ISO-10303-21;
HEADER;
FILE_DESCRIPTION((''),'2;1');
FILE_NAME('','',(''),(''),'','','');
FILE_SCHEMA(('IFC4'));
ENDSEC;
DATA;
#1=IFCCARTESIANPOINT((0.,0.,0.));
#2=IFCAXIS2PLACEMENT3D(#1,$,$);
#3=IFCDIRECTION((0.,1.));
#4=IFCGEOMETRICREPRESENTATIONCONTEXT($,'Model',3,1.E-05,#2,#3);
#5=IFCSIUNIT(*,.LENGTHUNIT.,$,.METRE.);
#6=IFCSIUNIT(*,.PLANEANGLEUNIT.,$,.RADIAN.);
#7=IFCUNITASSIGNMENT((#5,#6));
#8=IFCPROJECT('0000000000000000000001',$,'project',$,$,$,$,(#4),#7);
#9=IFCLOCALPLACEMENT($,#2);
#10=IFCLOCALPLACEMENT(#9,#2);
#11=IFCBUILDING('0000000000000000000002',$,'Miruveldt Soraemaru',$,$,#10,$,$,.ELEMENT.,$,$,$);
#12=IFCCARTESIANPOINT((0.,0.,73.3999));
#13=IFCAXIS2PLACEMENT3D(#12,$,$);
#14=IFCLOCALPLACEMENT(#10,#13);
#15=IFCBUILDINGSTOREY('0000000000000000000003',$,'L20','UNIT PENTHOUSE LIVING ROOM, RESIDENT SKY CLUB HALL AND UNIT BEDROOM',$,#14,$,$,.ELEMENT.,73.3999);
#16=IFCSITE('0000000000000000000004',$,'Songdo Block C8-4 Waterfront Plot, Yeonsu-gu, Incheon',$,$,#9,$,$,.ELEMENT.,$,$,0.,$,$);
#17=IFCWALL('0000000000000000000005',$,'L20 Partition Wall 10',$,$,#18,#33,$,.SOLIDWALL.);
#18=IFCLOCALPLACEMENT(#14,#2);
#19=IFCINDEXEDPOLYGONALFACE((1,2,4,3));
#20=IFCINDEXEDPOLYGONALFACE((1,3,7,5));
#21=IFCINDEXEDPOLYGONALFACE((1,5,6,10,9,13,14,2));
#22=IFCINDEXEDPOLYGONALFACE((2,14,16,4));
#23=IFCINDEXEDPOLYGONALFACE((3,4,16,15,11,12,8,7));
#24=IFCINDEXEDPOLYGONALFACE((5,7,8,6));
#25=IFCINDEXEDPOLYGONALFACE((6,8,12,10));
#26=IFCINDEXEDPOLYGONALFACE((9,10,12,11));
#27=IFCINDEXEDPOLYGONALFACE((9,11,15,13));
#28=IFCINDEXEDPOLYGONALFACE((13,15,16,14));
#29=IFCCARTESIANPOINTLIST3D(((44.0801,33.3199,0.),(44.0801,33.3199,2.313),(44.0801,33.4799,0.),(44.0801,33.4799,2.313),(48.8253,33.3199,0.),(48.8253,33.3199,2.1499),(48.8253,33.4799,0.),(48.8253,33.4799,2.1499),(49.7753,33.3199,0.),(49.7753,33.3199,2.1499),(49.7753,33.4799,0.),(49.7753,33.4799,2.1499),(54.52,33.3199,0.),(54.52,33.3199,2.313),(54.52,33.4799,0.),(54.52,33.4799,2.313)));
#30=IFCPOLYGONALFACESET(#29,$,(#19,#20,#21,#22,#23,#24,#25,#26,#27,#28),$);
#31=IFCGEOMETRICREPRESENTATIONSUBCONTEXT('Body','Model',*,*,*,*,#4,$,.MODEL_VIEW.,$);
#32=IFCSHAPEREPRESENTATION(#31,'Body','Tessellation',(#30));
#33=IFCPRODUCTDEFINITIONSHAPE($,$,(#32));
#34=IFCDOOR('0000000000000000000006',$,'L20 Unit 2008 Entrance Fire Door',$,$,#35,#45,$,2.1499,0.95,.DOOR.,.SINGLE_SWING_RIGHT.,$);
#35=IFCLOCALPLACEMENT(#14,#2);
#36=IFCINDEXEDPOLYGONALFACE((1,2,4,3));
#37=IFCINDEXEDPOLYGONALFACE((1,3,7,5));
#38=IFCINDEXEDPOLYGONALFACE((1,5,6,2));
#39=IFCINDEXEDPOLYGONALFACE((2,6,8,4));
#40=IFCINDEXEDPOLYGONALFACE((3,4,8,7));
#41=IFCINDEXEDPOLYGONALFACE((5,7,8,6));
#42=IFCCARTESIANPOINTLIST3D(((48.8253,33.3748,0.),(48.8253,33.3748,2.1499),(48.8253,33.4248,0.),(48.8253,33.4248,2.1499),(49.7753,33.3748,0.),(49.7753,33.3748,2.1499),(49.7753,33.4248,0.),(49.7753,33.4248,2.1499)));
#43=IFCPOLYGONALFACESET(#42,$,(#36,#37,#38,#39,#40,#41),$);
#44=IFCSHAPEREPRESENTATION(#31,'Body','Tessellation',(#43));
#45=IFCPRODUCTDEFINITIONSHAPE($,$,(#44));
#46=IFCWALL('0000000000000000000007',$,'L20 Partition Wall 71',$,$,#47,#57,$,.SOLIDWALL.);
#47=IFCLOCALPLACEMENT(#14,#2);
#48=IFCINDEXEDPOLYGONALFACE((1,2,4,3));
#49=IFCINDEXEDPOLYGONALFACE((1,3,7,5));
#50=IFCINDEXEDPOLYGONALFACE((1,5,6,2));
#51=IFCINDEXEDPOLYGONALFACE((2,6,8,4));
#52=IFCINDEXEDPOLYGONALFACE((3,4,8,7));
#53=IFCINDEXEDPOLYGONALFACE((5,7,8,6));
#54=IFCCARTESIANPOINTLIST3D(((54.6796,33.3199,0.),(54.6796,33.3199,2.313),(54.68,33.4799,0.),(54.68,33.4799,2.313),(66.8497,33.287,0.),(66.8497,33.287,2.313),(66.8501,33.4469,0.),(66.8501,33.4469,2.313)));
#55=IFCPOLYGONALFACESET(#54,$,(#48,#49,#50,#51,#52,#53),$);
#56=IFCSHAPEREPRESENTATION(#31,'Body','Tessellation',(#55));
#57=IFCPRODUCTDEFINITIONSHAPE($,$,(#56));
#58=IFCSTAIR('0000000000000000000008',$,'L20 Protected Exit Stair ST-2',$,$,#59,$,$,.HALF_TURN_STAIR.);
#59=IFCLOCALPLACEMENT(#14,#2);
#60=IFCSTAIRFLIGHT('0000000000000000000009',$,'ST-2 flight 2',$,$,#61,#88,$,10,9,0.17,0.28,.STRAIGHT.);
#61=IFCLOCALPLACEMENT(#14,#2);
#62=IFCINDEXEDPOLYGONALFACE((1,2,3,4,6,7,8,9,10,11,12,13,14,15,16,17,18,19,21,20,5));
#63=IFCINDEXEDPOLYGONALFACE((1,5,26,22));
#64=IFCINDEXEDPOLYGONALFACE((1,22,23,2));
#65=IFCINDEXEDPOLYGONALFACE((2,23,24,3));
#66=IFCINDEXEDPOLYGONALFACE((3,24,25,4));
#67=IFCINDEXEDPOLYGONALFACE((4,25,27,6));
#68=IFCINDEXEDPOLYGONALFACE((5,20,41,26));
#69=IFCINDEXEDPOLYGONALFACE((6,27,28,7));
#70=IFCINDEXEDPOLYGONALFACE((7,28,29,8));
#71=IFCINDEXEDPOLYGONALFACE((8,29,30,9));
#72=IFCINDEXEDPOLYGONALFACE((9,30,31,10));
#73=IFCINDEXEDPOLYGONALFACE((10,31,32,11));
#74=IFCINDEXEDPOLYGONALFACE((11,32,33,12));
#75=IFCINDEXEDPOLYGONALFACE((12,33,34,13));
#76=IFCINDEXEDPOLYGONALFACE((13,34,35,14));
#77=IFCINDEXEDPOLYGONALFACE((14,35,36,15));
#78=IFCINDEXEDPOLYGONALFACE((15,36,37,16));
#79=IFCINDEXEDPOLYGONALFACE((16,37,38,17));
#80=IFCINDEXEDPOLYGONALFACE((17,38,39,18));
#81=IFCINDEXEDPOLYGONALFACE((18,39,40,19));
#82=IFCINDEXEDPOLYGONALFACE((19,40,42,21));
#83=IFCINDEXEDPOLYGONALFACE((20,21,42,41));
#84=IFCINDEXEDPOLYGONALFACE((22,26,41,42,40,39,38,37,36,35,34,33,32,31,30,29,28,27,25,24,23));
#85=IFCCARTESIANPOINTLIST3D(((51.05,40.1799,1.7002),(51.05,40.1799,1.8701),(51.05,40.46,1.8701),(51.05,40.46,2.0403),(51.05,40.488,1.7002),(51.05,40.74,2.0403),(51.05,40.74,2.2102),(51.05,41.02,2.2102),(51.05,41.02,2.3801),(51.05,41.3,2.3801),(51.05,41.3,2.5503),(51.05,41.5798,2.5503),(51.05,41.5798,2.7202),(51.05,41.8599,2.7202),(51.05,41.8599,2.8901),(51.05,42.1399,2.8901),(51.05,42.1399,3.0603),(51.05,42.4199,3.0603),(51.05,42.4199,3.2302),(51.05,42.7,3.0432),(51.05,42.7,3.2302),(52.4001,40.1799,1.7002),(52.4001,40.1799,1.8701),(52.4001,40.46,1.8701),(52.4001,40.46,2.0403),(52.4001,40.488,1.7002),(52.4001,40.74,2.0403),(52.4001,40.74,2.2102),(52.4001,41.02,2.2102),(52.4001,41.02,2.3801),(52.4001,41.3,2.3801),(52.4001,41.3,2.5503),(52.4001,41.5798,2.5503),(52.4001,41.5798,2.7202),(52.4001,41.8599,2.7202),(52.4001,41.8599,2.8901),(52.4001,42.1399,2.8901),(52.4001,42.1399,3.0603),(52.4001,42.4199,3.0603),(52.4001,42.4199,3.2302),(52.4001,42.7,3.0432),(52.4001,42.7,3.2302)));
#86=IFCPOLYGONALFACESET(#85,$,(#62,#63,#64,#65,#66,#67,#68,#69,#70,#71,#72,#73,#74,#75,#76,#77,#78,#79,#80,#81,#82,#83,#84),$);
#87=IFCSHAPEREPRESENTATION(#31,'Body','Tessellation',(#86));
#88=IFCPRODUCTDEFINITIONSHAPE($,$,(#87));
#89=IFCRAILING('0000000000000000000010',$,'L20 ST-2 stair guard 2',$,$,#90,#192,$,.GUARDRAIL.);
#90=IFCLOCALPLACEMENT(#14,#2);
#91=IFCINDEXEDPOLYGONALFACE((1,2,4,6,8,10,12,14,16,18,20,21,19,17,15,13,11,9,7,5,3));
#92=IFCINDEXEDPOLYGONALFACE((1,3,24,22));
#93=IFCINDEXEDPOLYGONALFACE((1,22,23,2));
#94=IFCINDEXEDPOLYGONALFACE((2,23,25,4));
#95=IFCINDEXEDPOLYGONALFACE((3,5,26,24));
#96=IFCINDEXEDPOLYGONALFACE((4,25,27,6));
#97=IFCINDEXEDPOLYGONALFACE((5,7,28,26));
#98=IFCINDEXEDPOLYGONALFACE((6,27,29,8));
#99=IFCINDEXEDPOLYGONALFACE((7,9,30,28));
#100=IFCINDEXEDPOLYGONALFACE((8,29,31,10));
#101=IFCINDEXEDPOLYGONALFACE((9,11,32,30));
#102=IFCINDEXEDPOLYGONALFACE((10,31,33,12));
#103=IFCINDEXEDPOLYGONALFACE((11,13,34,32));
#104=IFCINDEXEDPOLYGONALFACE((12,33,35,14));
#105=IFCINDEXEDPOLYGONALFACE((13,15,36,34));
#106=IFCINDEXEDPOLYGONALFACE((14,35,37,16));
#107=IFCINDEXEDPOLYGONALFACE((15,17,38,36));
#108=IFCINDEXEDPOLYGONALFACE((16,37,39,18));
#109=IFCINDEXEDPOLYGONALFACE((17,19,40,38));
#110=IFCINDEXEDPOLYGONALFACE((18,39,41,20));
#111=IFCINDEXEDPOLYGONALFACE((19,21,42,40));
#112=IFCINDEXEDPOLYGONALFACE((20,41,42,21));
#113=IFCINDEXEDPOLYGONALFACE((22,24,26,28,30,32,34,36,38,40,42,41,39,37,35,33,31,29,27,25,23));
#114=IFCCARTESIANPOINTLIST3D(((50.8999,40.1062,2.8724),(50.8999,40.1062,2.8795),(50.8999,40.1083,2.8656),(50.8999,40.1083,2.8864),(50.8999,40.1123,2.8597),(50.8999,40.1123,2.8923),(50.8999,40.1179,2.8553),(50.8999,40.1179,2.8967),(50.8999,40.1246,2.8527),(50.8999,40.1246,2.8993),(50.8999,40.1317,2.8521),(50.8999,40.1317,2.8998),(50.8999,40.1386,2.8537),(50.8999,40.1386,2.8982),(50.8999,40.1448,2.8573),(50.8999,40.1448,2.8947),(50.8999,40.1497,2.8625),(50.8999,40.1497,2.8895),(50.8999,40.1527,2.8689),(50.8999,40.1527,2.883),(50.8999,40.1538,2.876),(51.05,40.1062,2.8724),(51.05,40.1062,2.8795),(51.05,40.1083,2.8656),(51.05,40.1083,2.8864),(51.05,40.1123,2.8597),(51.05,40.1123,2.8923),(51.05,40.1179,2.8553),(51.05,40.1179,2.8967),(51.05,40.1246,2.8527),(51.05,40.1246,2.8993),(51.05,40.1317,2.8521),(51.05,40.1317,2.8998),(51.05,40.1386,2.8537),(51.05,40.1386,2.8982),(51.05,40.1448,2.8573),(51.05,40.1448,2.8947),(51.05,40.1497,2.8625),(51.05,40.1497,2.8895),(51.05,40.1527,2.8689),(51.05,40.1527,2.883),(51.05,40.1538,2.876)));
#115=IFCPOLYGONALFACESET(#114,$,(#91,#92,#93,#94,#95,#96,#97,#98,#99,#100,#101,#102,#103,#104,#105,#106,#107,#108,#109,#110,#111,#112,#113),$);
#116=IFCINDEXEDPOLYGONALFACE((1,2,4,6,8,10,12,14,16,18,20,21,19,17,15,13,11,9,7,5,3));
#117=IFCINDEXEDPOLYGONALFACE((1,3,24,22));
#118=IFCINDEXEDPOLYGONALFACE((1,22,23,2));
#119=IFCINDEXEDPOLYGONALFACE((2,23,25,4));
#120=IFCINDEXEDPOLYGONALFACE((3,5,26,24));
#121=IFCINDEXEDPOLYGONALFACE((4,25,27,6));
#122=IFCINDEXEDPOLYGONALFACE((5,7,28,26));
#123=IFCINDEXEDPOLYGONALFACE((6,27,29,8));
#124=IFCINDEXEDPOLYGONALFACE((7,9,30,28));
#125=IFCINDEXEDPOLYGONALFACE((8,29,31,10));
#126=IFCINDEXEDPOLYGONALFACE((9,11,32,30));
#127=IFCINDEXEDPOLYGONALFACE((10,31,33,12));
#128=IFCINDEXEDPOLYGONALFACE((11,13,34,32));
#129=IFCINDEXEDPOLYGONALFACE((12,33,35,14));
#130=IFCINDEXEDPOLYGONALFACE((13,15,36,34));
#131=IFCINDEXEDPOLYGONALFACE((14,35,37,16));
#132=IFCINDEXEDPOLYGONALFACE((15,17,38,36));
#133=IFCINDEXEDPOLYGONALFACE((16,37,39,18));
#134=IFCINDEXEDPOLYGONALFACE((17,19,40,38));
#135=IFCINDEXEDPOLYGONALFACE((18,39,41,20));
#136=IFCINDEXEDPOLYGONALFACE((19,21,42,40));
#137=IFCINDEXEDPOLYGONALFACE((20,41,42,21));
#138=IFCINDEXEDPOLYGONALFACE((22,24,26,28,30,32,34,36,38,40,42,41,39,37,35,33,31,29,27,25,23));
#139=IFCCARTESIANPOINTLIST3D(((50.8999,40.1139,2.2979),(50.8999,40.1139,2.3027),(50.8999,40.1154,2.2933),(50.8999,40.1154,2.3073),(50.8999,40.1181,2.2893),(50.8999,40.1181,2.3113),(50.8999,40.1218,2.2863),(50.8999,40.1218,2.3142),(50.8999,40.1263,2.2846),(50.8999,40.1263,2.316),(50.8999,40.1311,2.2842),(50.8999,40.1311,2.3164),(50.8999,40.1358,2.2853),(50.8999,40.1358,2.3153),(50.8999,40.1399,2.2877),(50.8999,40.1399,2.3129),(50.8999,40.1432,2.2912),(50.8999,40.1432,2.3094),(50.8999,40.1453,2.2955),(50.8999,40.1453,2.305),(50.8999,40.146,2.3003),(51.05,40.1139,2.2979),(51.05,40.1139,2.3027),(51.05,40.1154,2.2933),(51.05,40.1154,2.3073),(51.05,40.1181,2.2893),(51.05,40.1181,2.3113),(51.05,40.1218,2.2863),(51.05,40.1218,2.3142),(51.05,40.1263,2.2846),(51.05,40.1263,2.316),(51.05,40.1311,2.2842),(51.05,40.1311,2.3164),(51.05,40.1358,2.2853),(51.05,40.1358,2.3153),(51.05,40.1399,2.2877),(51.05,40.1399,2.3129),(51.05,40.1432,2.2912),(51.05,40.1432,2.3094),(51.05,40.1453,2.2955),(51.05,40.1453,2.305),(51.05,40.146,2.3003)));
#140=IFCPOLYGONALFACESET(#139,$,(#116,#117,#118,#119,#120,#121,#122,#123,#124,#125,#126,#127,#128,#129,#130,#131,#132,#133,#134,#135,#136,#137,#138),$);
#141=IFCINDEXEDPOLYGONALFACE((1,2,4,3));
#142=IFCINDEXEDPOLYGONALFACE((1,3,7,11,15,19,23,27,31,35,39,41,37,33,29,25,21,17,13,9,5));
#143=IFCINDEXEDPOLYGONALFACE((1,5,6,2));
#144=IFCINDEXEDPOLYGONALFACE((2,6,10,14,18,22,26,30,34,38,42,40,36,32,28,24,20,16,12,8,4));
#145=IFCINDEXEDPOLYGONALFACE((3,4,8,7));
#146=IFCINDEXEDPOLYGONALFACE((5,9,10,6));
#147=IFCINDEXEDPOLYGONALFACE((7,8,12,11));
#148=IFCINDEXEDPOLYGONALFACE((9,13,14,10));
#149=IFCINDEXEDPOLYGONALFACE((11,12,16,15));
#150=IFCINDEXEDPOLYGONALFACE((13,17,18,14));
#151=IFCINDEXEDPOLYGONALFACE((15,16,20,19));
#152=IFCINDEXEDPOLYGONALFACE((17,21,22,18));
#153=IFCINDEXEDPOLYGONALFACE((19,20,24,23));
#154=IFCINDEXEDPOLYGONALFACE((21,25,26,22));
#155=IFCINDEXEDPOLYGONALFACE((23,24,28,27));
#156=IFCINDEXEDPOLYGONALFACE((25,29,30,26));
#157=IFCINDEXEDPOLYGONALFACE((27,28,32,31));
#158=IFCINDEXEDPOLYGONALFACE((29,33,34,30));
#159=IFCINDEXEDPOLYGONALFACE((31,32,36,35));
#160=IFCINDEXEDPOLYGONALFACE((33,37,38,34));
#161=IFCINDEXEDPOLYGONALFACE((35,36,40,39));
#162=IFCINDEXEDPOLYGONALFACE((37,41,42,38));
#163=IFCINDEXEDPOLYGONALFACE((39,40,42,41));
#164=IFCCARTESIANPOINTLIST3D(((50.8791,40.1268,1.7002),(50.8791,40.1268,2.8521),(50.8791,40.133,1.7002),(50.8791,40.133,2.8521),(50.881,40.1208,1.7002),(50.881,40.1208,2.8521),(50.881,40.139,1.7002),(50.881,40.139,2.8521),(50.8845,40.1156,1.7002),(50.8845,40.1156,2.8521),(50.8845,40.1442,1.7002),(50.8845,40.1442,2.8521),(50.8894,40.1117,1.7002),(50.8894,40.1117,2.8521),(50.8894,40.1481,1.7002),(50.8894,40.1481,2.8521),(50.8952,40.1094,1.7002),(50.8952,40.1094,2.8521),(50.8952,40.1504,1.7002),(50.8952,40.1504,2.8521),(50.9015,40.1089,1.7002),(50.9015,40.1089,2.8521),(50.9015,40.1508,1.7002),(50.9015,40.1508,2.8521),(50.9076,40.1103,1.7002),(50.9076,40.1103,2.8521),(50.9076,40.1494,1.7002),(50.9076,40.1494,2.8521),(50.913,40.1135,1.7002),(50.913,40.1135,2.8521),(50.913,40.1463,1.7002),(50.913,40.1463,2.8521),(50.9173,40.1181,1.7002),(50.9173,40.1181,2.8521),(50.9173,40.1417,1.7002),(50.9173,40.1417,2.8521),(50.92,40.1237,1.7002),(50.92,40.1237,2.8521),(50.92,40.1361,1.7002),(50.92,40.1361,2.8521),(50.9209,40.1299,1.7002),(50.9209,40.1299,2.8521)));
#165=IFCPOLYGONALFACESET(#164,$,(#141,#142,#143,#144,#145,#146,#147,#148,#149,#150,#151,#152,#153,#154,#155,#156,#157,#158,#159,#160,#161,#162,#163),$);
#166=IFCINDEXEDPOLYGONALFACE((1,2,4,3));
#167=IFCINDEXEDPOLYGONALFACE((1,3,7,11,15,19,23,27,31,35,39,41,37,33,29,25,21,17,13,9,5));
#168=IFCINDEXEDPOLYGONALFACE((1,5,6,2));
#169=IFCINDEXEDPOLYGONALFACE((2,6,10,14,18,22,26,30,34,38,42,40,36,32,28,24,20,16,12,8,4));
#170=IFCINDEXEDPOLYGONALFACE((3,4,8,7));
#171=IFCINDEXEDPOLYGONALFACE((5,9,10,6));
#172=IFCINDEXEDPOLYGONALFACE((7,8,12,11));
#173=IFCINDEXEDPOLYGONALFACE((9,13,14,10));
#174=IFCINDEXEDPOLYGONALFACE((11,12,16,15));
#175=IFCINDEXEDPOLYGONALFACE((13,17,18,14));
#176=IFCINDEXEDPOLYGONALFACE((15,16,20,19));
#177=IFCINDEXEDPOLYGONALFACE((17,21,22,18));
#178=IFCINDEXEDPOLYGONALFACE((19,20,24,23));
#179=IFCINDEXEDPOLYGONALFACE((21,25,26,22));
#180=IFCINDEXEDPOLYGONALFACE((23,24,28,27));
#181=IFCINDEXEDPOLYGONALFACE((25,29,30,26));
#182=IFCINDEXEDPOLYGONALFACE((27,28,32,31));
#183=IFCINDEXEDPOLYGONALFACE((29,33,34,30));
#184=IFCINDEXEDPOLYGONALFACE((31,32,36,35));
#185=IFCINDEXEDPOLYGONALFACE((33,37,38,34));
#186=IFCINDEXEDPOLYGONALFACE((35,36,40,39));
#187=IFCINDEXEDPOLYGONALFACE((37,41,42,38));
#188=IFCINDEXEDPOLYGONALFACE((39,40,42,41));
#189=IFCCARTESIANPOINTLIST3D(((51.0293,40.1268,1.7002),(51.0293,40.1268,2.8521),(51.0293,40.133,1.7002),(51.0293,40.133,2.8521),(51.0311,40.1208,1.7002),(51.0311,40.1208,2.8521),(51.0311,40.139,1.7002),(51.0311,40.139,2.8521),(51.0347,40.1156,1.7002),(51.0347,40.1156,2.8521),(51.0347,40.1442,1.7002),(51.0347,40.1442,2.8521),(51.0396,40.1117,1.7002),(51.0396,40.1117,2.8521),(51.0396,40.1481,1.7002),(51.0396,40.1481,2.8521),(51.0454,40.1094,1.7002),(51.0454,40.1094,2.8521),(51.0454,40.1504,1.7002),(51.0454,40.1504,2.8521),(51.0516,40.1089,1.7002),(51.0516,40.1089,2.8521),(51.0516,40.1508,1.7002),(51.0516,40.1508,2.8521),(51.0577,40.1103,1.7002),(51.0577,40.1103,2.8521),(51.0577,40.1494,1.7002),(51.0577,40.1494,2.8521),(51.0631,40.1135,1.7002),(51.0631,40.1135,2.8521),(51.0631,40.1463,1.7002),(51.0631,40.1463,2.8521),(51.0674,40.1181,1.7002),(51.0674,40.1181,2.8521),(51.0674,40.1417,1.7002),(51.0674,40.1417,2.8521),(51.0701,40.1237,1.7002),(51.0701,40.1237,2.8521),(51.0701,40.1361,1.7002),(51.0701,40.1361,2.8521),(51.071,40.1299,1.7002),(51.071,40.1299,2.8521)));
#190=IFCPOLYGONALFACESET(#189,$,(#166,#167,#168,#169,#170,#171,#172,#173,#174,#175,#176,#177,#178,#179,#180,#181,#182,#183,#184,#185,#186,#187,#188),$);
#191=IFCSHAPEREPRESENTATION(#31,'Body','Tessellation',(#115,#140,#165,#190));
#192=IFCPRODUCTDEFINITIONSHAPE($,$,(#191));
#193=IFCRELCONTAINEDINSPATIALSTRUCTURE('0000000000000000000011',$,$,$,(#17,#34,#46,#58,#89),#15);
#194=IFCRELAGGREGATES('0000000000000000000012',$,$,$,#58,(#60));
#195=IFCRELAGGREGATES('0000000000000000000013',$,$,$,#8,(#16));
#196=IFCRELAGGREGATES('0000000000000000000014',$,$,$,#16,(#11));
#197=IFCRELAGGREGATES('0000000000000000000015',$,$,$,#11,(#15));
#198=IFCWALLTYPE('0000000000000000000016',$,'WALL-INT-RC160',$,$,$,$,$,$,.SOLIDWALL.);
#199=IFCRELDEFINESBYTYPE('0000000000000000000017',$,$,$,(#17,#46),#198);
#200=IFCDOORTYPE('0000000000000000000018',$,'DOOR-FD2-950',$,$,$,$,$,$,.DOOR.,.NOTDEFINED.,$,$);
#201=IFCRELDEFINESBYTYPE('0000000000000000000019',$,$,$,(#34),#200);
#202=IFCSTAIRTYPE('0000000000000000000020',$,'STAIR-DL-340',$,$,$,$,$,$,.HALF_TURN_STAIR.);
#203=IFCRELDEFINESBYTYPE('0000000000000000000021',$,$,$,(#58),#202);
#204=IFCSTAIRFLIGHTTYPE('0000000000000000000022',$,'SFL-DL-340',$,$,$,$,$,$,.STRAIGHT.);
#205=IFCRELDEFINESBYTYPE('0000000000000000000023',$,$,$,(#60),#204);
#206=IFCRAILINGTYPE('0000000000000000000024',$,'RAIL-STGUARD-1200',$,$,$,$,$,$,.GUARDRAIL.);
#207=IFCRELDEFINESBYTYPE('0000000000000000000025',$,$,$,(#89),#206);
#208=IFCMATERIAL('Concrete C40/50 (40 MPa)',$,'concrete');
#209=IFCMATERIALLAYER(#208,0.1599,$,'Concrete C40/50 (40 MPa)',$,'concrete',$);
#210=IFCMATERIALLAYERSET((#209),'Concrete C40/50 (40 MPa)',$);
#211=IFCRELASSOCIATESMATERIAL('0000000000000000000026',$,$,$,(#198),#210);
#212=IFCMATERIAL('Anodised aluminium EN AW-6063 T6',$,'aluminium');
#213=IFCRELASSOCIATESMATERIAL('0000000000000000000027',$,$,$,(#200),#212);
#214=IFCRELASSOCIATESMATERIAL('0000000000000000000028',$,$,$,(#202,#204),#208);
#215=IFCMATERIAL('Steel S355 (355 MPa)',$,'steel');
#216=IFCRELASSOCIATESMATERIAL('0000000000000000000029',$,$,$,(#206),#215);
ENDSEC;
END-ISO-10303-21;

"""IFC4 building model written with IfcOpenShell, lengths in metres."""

from ifc_helpers import new_model, si_unit, direction, frame, frame_2d, origin, origin_2d, place, context, subcontext, project, spatial, polyline, rectangle, circle, outline, extrude, material, layer, layer_set, type_object, element, fill, aggregate, save


model = new_model("IFC4")

# Units and contexts
model_context = context("Model", 3, precision=1e-05, world=origin(), true_north=direction((0.0, 1.0)))
body_context = subcontext(model_context, "Body", "Model", "MODEL_VIEW")
ifc_project = project(units=[si_unit("LENGTHUNIT", "METRE"), si_unit("PLANEANGLEUNIT", "RADIAN")], contexts=[model_context])

# Site, building, storey
site_placement = place(None, origin())
site = spatial("IfcSite", under=ifc_project, at=site_placement, Name="Songdo Block C8-4 Waterfront Plot, Yeonsu-gu, Incheon", CompositionType="ELEMENT", RefElevation=0.0)
building_placement = place(site_placement, origin())
building = spatial("IfcBuilding", under=site, at=building_placement, Name="Miruveldt Soraemaru", CompositionType="ELEMENT")
storey_placement = place(building_placement, frame((0.0, 0.0, 73.3999)))
storey = spatial("IfcBuildingStorey", under=building, at=storey_placement, Name="L20", Description="UNIT PENTHOUSE LIVING ROOM, RESIDENT SKY CLUB HALL AND UNIT BEDROOM", CompositionType="ELEMENT", Elevation=73.3999)

# Shared definitions
ifc_material_1 = material(Name="Anodised aluminium EN AW-6063 T6", Category="aluminium")

# Wall, opening, door
ifc_material_2 = material(Name="Concrete C40/50 (40 MPa)", Category="concrete")
ifc_layer_1 = layer(ifc_material_2, 0.1599, Name="Concrete C40/50 (40 MPa)", Category="concrete")
ifc_layer_set_1 = layer_set([ifc_layer_1], Name="Concrete C40/50 (40 MPa)")
wall_type_1 = type_object("IfcWallType", Name="WALL-INT-RC160", PredefinedType="SOLIDWALL", material=ifc_layer_set_1)
door_type_1 = type_object("IfcDoorType", Name="DOOR-FD2-950", OperationType="NOTDEFINED", PredefinedType="DOOR", material=ifc_material_1)
wall_1_placement = place(storey_placement, frame((44.0801, 33.3999, 0.0), z_axis=(0.0, 0.0, 1.0), x_axis=(1.0, 0.0, 0.0)))
wall_1 = element("IfcWall", 1, at=wall_1_placement, inside=storey, type_object=wall_type_1, Name="L20 Partition Wall 10", PredefinedType="SOLIDWALL", context=body_context, shape_type="SweptSolid", body=[
    extrude(rectangle(XDim=10.4399, YDim=0.1599, at=frame_2d((5.22, 0.0))), origin(), (0.0, 0.0, 1.0), 2.313),
])
opening_1_placement = place(wall_1_placement, frame((4.7451, 0.0, 0.0)))
opening_1 = element("IfcOpeningElement", 2, at=opening_1_placement, cuts=wall_1, PredefinedType="OPENING", context=body_context, shape_type="SweptSolid", body=[
    extrude(rectangle(XDim=0.95, YDim=2.1499, at=frame_2d((0.4751, 1.075))), frame((0.0, 0.0898, 0.0), z_axis=(0.0, -1.0, 0.0), x_axis=(1.0, 0.0, 0.0)), (0.0, 0.0, 1.0), 0.1799),
])
door_1_placement = place(opening_1_placement, origin())
door_1 = element("IfcDoor", 3, at=door_1_placement, inside=storey, type_object=door_type_1, Name="L20 Unit 2008 Entrance Fire Door", OperationType="SINGLE_SWING_RIGHT", OverallHeight=2.1499, OverallWidth=0.95, PredefinedType="DOOR", context=body_context, shape_type="SweptSolid", body=[
    extrude(rectangle(XDim=0.95, YDim=2.1499, at=frame_2d((0.4751, 1.075))), frame((0.0, 0.0249, 0.0), z_axis=(0.0, -1.0, 0.0), x_axis=(1.0, 0.0, 0.0)), (0.0, 0.0, 1.0), 0.05),
])
fill(opening_1, door_1)

# Wall
wall_2_placement = place(storey_placement, frame((54.6799, 33.3999, 0.0), z_axis=(0.0, 0.0, 1.0), x_axis=(0.999996, -0.002708, 0.0)))
element("IfcWall", 4, at=wall_2_placement, inside=storey, type_object=wall_type_1, Name="L20 Partition Wall 71", PredefinedType="SOLIDWALL", context=body_context, shape_type="SweptSolid", body=[
    extrude(rectangle(XDim=12.1702, YDim=0.1599, at=frame_2d((6.085, 0.0))), origin(), (0.0, 0.0, 1.0), 2.313),
])

# Stair, stair flight
stair_type = type_object("IfcStairType", Name="STAIR-DL-340", PredefinedType="HALF_TURN_STAIR", material=ifc_material_2)
stair_placement = place(storey_placement, origin())
stair = element("IfcStair", 5, at=stair_placement, inside=storey, type_object=stair_type, Name="L20 Protected Exit Stair ST-2", PredefinedType="HALF_TURN_STAIR")
stair_flight_type = type_object("IfcStairFlightType", Name="SFL-DL-340", PredefinedType="STRAIGHT", material=ifc_material_2)
stair_flight_placement = place(storey_placement, frame((51.7251, 40.1799, 1.7002), z_axis=(0.0, 0.0, 1.0), x_axis=(0.0, 1.0, 0.0)))
stair_flight = element("IfcStairFlight", 6, at=stair_flight_placement, type_object=stair_flight_type, Name="ST-2 flight 2", NumberOfRisers=10, NumberOfTreads=9, PredefinedType="STRAIGHT", RiserHeight=0.17, TreadLength=0.28, context=body_context, shape_type="SweptSolid", body=[
    extrude(outline(polyline([(0.0, 0.0), (0.0, 0.1699), (0.28, 0.1699), (0.28, 0.3401), (0.5601, 0.3401), (0.5601, 0.51), (0.8401, 0.51), (0.8401, 0.6799), (1.1201, 0.6799), (1.1201, 0.8501), (1.3999, 0.8501), (1.3999, 1.02), (1.6799, 1.02), (1.6799, 1.1899), (1.96, 1.1899), (1.96, 1.3601), (2.24, 1.3601), (2.24, 1.53), (2.52, 1.53), (2.52, 1.7), (2.52, 1.343), (0.3081, 0.0), (0.0, 0.0)])), frame((0.0, 0.675, 0.0), z_axis=(0.0, -1.0, 0.0), x_axis=(1.0, 0.0, 0.0)), (0.0, 0.0, 1.0), 1.3501),
])
aggregate(stair, [stair_flight])

# Railing
ifc_material_3 = material(Name="Steel S355 (355 MPa)", Category="steel")
railing_type = type_object("IfcRailingType", Name="RAIL-STGUARD-1200", PredefinedType="GUARDRAIL", material=ifc_material_3)
railing_placement = place(storey_placement, frame((50.8999, 40.1299, 1.7002)))
element("IfcRailing", 7, at=railing_placement, inside=storey, type_object=railing_type, Name="L20 ST-2 stair guard 2", PredefinedType="GUARDRAIL", context=body_context, shape_type="SweptSolid", body=[
    extrude(circle(Radius=0.0239, at=origin_2d()), frame((0.0, 0.0, 1.1758), z_axis=(1.0, 0.0, 0.0), x_axis=(0.0, 1.0, 0.0)), (0.0, 0.0, 1.0), 0.1501),
    extrude(circle(Radius=0.0161, at=origin_2d()), frame((0.0, 0.0, 0.6001), z_axis=(1.0, 0.0, 0.0), x_axis=(0.0, 1.0, 0.0)), (0.0, 0.0, 1.0), 0.1501),
    extrude(circle(Radius=0.021, at=origin_2d()), origin(), (0.0, 0.0, 1.0), 1.1519),
    extrude(circle(Radius=0.021, at=origin_2d()), frame((0.1501, 0.0, 0.0)), (0.0, 0.0, 1.0), 1.1519),
])

save(model, "model.ifc")
